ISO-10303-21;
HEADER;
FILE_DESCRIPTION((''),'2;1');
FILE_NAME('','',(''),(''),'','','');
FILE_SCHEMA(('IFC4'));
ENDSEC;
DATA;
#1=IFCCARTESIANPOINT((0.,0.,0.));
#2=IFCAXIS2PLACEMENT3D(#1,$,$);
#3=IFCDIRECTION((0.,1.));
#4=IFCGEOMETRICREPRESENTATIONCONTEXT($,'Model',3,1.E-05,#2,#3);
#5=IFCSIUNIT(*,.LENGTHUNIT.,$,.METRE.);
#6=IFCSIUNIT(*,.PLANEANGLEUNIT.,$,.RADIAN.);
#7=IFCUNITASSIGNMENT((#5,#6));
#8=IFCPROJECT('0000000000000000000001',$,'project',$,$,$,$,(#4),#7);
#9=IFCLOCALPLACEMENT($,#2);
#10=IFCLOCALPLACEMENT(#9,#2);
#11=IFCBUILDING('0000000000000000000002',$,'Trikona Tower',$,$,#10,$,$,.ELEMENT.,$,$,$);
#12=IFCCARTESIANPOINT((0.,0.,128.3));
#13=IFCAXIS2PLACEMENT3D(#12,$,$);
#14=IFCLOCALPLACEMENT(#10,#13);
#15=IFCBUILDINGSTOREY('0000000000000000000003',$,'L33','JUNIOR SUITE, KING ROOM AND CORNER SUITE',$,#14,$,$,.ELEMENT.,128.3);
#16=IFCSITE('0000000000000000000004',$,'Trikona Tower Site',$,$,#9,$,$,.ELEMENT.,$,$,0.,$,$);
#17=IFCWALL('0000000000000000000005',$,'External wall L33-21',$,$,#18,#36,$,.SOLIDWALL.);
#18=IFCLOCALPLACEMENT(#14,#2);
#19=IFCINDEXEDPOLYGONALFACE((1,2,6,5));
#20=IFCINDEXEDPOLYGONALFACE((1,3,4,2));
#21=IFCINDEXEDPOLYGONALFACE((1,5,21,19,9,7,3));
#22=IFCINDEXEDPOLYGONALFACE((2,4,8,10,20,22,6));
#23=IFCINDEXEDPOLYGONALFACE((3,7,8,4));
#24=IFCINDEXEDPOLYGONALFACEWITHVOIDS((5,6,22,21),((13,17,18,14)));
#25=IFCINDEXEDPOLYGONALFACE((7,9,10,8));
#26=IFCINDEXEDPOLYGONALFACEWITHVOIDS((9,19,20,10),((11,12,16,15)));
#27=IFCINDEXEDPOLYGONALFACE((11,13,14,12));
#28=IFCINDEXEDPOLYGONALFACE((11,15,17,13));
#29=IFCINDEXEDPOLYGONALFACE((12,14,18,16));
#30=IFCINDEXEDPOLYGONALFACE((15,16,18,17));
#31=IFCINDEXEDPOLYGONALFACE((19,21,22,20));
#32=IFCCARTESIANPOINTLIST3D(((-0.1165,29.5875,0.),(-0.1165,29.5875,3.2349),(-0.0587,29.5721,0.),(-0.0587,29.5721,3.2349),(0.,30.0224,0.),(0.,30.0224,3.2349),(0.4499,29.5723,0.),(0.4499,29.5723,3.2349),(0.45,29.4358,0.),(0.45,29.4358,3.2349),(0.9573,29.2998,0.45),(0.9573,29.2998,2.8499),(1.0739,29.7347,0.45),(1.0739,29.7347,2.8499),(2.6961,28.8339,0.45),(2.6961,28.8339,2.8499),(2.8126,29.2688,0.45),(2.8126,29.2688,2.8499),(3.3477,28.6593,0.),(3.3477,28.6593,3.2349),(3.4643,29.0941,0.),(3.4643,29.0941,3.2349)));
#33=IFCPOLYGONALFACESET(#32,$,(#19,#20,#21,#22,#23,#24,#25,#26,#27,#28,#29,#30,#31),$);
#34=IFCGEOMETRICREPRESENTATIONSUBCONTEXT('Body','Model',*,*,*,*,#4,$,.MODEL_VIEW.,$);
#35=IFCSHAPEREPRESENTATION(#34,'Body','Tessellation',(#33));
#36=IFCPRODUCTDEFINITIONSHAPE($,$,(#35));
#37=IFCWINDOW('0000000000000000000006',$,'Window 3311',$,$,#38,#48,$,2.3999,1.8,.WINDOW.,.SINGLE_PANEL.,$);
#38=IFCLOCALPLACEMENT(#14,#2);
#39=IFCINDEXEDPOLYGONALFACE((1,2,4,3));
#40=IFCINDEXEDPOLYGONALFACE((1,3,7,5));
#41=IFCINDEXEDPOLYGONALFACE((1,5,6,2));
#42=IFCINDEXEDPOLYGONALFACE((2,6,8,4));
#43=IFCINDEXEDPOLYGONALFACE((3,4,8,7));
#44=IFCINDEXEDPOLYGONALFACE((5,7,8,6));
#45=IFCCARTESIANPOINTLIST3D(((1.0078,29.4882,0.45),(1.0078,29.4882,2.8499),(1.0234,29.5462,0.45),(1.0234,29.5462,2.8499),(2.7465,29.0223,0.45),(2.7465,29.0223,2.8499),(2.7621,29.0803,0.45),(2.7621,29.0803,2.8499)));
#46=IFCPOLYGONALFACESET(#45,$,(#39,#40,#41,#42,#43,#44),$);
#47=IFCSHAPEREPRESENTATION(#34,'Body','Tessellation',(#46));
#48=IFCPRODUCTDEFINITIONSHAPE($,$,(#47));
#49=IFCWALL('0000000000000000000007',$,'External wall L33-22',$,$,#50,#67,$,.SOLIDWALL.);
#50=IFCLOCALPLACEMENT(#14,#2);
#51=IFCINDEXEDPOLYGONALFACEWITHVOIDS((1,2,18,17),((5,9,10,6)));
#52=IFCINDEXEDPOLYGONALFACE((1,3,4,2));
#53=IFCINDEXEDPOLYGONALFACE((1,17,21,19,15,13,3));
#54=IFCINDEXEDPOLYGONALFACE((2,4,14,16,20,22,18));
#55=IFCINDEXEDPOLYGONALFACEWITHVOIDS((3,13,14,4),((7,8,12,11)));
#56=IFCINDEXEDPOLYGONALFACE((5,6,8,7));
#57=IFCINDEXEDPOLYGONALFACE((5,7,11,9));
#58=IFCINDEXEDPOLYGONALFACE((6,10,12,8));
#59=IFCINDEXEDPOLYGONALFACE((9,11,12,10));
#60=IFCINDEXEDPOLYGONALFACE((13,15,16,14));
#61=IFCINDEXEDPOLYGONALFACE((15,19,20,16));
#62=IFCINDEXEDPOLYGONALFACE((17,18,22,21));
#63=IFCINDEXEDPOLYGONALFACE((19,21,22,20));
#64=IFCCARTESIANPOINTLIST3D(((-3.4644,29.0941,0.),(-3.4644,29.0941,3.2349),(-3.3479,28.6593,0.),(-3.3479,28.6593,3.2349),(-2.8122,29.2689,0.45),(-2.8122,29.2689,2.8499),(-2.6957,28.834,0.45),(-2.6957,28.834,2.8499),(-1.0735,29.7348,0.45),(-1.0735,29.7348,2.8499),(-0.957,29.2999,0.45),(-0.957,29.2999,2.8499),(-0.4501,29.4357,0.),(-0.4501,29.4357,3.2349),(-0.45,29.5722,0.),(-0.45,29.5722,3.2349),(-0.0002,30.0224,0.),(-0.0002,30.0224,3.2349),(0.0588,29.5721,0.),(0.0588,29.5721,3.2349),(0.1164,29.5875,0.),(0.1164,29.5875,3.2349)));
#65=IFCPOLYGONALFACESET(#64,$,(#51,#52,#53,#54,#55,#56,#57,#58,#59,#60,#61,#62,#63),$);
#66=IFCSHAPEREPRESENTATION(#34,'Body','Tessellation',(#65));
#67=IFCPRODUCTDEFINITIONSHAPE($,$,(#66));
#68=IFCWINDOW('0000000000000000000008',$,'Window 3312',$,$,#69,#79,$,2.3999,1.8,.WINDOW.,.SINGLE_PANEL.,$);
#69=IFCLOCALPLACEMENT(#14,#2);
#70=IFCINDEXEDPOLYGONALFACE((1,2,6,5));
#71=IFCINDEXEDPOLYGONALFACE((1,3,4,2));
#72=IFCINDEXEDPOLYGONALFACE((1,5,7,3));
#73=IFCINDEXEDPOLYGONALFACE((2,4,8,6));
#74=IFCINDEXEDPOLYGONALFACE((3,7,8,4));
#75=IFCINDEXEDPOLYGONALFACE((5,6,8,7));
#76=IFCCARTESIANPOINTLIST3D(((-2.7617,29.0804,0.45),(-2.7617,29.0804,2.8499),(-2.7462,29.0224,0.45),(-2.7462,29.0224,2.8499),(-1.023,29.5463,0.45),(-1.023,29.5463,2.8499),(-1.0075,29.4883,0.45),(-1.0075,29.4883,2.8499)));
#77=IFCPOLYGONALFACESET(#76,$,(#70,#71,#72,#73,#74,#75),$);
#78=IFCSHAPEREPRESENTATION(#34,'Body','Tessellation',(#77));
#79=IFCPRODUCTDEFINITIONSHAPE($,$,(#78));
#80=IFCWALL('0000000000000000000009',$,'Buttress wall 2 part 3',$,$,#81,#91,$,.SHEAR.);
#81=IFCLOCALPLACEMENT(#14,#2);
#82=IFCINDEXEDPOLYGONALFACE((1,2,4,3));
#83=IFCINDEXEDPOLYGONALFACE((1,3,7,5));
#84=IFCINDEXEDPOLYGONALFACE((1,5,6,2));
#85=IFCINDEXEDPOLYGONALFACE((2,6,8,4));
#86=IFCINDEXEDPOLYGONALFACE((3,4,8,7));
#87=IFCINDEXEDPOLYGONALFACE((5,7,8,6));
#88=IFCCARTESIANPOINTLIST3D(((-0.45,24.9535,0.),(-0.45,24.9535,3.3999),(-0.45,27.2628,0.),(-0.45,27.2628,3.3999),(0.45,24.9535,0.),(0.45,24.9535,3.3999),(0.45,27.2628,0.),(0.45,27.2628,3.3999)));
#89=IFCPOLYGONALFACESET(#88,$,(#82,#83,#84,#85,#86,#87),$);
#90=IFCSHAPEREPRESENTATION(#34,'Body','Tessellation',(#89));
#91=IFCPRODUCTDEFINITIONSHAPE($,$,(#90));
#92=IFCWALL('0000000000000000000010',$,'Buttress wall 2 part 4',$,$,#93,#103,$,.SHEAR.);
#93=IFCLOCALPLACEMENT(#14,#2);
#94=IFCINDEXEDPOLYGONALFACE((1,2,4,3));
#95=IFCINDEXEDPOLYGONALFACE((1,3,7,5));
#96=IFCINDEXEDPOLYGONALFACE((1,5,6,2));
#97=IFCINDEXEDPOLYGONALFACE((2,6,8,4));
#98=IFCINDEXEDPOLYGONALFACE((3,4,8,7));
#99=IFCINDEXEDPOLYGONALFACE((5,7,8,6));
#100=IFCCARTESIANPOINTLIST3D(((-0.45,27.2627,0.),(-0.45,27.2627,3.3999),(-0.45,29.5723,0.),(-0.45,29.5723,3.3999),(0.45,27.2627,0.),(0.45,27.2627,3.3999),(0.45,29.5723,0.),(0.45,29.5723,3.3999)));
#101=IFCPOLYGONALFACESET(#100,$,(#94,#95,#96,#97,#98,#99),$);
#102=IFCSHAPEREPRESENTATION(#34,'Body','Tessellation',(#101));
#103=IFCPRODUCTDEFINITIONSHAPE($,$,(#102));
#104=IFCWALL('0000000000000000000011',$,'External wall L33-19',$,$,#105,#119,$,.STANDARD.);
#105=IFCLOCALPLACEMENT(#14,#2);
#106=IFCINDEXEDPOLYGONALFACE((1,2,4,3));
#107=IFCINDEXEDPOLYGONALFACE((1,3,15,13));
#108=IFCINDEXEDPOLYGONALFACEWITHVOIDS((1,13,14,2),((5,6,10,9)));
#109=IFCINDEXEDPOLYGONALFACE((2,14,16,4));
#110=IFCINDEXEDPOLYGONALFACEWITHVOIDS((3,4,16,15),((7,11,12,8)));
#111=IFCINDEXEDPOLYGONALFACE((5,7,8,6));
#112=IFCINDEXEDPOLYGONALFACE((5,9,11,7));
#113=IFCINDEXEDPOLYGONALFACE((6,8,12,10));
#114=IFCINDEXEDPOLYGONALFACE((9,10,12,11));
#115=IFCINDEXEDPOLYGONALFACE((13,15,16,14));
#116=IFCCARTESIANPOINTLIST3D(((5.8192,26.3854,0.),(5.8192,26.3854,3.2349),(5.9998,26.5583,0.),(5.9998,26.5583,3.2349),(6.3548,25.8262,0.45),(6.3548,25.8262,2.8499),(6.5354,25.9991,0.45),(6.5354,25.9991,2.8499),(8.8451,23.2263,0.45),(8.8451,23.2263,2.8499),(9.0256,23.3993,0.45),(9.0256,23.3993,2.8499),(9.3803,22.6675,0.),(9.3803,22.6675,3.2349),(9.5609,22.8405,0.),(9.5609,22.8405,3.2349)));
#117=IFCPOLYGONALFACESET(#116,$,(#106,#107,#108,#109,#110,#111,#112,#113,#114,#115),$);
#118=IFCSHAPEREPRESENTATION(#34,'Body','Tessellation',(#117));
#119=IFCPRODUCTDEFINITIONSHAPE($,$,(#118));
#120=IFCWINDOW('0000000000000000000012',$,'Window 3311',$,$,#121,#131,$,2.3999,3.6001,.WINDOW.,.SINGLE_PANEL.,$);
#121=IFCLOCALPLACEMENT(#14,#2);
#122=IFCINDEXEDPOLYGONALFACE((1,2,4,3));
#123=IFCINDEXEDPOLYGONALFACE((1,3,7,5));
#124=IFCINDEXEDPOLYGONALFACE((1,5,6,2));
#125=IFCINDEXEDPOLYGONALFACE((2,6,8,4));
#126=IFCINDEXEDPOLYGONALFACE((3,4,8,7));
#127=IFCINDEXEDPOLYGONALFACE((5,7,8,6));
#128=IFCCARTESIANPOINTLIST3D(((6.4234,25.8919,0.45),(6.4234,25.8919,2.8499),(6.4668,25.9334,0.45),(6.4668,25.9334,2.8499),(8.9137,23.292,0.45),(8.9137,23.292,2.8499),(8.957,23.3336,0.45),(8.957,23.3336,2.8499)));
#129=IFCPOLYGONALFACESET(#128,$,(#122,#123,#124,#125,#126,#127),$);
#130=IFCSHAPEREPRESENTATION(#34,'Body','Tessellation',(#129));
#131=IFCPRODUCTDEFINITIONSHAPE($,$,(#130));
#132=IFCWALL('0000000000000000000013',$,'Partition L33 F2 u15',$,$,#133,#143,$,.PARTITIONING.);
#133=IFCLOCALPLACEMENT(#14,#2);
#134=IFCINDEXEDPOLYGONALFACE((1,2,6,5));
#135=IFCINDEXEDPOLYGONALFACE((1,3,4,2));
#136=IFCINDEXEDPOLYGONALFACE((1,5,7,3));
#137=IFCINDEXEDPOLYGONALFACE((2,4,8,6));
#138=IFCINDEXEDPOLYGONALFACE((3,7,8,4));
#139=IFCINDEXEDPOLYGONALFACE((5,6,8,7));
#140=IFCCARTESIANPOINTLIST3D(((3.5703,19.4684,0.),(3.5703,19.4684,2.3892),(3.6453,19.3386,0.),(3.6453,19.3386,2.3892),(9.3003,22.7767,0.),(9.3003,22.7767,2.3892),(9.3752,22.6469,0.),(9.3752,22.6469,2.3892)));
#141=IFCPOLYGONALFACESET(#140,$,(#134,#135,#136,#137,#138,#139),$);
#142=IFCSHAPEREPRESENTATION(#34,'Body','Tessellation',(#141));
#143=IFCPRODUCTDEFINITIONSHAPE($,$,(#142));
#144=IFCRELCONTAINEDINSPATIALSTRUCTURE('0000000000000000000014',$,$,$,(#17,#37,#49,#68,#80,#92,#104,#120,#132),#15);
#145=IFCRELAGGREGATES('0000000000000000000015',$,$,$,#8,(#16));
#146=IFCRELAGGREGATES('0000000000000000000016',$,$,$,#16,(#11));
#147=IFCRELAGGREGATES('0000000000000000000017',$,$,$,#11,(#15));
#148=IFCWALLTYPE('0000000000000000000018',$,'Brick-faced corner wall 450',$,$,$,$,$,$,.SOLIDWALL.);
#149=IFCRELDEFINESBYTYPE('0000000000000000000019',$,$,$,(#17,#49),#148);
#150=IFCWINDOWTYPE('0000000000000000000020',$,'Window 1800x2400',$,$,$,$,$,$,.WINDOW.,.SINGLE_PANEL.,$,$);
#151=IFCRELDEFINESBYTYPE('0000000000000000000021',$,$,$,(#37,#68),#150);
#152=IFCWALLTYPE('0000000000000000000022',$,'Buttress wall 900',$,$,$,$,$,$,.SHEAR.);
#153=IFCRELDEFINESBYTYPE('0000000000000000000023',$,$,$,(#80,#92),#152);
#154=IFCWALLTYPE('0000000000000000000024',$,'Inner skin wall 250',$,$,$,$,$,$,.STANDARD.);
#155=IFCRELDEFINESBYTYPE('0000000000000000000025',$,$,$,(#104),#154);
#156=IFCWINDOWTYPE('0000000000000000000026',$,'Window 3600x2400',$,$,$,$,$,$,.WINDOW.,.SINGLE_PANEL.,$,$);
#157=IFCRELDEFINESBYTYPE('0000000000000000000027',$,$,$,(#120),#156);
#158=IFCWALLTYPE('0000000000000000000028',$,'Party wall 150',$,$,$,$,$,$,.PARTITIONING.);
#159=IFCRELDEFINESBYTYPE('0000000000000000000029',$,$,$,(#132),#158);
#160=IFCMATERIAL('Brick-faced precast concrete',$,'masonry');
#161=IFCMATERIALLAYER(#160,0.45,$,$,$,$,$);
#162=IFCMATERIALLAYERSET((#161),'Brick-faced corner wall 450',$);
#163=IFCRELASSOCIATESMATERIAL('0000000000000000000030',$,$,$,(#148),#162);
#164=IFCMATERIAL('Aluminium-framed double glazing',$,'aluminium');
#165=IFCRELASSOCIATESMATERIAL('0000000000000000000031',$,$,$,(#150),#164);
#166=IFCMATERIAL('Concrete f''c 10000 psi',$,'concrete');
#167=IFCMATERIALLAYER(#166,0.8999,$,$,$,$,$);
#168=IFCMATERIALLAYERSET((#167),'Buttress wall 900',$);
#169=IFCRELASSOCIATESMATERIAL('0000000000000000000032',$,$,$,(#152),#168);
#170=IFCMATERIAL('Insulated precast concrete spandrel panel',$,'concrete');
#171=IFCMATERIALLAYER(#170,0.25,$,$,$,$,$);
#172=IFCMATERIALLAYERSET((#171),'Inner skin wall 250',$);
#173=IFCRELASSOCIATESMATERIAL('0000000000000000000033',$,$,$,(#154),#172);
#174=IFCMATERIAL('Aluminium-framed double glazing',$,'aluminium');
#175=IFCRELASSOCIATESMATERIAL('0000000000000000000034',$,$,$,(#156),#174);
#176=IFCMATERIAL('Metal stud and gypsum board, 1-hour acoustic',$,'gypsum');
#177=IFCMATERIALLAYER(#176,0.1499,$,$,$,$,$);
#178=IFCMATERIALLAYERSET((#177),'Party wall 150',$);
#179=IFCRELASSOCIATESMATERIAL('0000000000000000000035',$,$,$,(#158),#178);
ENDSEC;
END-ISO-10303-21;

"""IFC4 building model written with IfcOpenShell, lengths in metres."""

from ifc_helpers import new_model, si_unit, direction, frame, frame_2d, origin, place, context, subcontext, project, spatial, polyline, rectangle, outline, extrude, material, layer, layer_set, type_object, element, fill, save


model = new_model("IFC4")

# Units and contexts
model_context = context("Model", 3, precision=1e-05, world=origin(), true_north=direction((0.0, 1.0)))
body_context = subcontext(model_context, "Body", "Model", "MODEL_VIEW")
ifc_project = project(units=[si_unit("LENGTHUNIT", "METRE"), si_unit("PLANEANGLEUNIT", "RADIAN")], contexts=[model_context])

# Site, building, storey
site_placement = place(None, origin())
site = spatial("IfcSite", under=ifc_project, at=site_placement, Name="Trikona Tower Site", CompositionType="ELEMENT", RefElevation=0.0)
building_placement = place(site_placement, origin())
building = spatial("IfcBuilding", under=site, at=building_placement, Name="Trikona Tower", CompositionType="ELEMENT")
storey_placement = place(building_placement, frame((0.0, 0.0, 128.3)))
storey = spatial("IfcBuildingStorey", under=building, at=storey_placement, Name="L33", Description="JUNIOR SUITE, KING ROOM AND CORNER SUITE", CompositionType="ELEMENT", Elevation=128.3)

# Walls, openings, windows
ifc_material_1 = material(Name="Brick-faced precast concrete", Category="masonry")
ifc_layer_1 = layer(ifc_material_1, 0.45)
ifc_layer_set_1 = layer_set([ifc_layer_1], Name="Brick-faced corner wall 450")
wall_type_1 = type_object("IfcWallType", Name="Brick-faced corner wall 450", PredefinedType="SOLIDWALL", material=ifc_layer_set_1)
wall_1_placement = place(storey_placement, frame((3.406, 28.8767, 0.0), z_axis=(0.0, 0.0, 1.0), x_axis=(-0.965925, 0.258823, 0.0)))
wall_1 = element("IfcWall", 1, at=wall_1_placement, inside=storey, type_object=wall_type_1, Name="External wall L33-21", PredefinedType="SOLIDWALL", context=body_context, shape_type="SweptSolid", body=[
    extrude(outline(polyline([(3.5864, 0.2251), (3.5266, 0.2251), (3.0354, 0.0933), (3.0, 0.2251), (0.0, 0.2251), (0.0, -0.2251), (3.5864, -0.2251), (3.5864, 0.2251)])), origin(), (0.0, 0.0, 1.0), 3.2349),
])
opening_1_placement = place(wall_1_placement, frame((0.6748, 0.0, 0.45)))
opening_1 = element("IfcOpeningElement", 2, at=opening_1_placement, cuts=wall_1, PredefinedType="OPENING", context=body_context, shape_type="SweptSolid", body=[
    extrude(rectangle(XDim=1.8, YDim=2.3999, at=frame_2d((0.8999, 1.2))), frame((0.0, 0.2349, 0.0), z_axis=(0.0, -1.0, 0.0), x_axis=(1.0, 0.0, 0.0)), (0.0, 0.0, 1.0), 0.47),
])
ifc_material_2 = material(Name="Aluminium-framed double glazing", Category="aluminium")
window_type_1 = type_object("IfcWindowType", Name="Window 1800x2400", PartitioningType="SINGLE_PANEL", PredefinedType="WINDOW", material=ifc_material_2)
window_1_placement = place(opening_1_placement, origin())
window_1 = element("IfcWindow", 3, at=window_1_placement, inside=storey, type_object=window_type_1, Name="Window 3311", OverallHeight=2.3999, OverallWidth=1.8, PartitioningType="SINGLE_PANEL", PredefinedType="WINDOW", context=body_context, shape_type="SweptSolid", body=[
    extrude(rectangle(XDim=1.8, YDim=2.3999, at=frame_2d((0.8999, 1.2))), frame((0.0, 0.03, 0.0), z_axis=(0.0, -1.0, 0.0), x_axis=(1.0, 0.0, 0.0)), (0.0, 0.0, 1.0), 0.0601),
])
fill(opening_1, window_1)
wall_2_placement = place(storey_placement, frame((0.0581, 29.8049, 0.0), z_axis=(0.0, 0.0, 1.0), x_axis=(-0.965925, -0.258823, 0.0)))
wall_2 = element("IfcWall", 4, at=wall_2_placement, inside=storey, type_object=wall_type_1, Name="External wall L33-22", PredefinedType="SOLIDWALL", context=body_context, shape_type="SweptSolid", body=[
    extrude(outline(polyline([(3.5864, 0.2251), (0.5864, 0.2251), (0.551, 0.0933), (0.0596, 0.2251), (0.0, 0.2251), (0.0, -0.2251), (3.5864, -0.2251), (3.5864, 0.2251)])), origin(), (0.0, 0.0, 1.0), 3.2349),
])
opening_2_placement = place(wall_2_placement, frame((1.1113, 0.0, 0.45)))
opening_2 = element("IfcOpeningElement", 5, at=opening_2_placement, cuts=wall_2, PredefinedType="OPENING", context=body_context, shape_type="SweptSolid", body=[
    extrude(rectangle(XDim=1.8, YDim=2.3999, at=frame_2d((0.8999, 1.2))), frame((0.0, 0.2349, 0.0), z_axis=(0.0, -1.0, 0.0), x_axis=(1.0, 0.0, 0.0)), (0.0, 0.0, 1.0), 0.47),
])
window_2_placement = place(opening_2_placement, origin())
window_2 = element("IfcWindow", 6, at=window_2_placement, inside=storey, type_object=window_type_1, Name="Window 3312", OverallHeight=2.3999, OverallWidth=1.8, PartitioningType="SINGLE_PANEL", PredefinedType="WINDOW", context=body_context, shape_type="SweptSolid", body=[
    extrude(rectangle(XDim=1.8, YDim=2.3999, at=frame_2d((0.8999, 1.2))), frame((0.0, 0.03, 0.0), z_axis=(0.0, -1.0, 0.0), x_axis=(1.0, 0.0, 0.0)), (0.0, 0.0, 1.0), 0.0601),
])
fill(opening_2, window_2)

# Walls
ifc_material_3 = material(Name="Concrete f'c 10000 psi", Category="concrete")
ifc_layer_2 = layer(ifc_material_3, 0.8999)
ifc_layer_set_2 = layer_set([ifc_layer_2], Name="Buttress wall 900")
wall_type_2 = type_object("IfcWallType", Name="Buttress wall 900", PredefinedType="SHEAR", material=ifc_layer_set_2)
wall_3_placement = place(storey_placement, frame((0.0, 24.9534, 0.0), z_axis=(0.0, 0.0, 1.0), x_axis=(0.0, 1.0, 0.0)))
element("IfcWall", 7, at=wall_3_placement, inside=storey, type_object=wall_type_2, Name="Buttress wall 2 part 3", PredefinedType="SHEAR", context=body_context, shape_type="SweptSolid", body=[
    extrude(rectangle(XDim=2.3093, YDim=0.8999, at=frame_2d((1.1548, 0.0))), origin(), (0.0, 0.0, 1.0), 3.3999),
])
wall_4_placement = place(storey_placement, frame((0.0, 27.2627, 0.0), z_axis=(0.0, 0.0, 1.0), x_axis=(0.0, 1.0, 0.0)))
element("IfcWall", 8, at=wall_4_placement, inside=storey, type_object=wall_type_2, Name="Buttress wall 2 part 4", PredefinedType="SHEAR", context=body_context, shape_type="SweptSolid", body=[
    extrude(rectangle(XDim=2.3096, YDim=0.8999, at=frame_2d((1.1548, 0.0))), origin(), (0.0, 0.0, 1.0), 3.3999),
])

# Wall, opening, window
ifc_material_4 = material(Name="Insulated precast concrete spandrel panel", Category="concrete")
ifc_layer_3 = layer(ifc_material_4, 0.25)
ifc_layer_set_3 = layer_set([ifc_layer_3], Name="Inner skin wall 250")
wall_type_3 = type_object("IfcWallType", Name="Inner skin wall 250", PredefinedType="STANDARD", material=ifc_layer_set_3)
wall_5_placement = place(storey_placement, frame((9.4707, 22.7539, 0.0), z_axis=(0.0, 0.0, 1.0), x_axis=(-0.69172, 0.722166, 0.0)))
wall_5 = element("IfcWall", 9, at=wall_5_placement, inside=storey, type_object=wall_type_3, Name="External wall L33-19", PredefinedType="STANDARD", context=body_context, shape_type="SweptSolid", body=[
    extrude(rectangle(XDim=5.1482, YDim=0.25, at=frame_2d((2.5742, 0.0))), origin(), (0.0, 0.0, 1.0), 3.2349),
])
opening_3_placement = place(wall_5_placement, frame((0.7739, 0.0, 0.45)))
opening_3 = element("IfcOpeningElement", 10, at=opening_3_placement, cuts=wall_5, PredefinedType="OPENING", context=body_context, shape_type="SweptSolid", body=[
    extrude(rectangle(XDim=3.6001, YDim=2.3999, at=frame_2d((1.8, 1.2))), frame((0.0, 0.135, 0.0), z_axis=(0.0, -1.0, 0.0), x_axis=(1.0, 0.0, 0.0)), (0.0, 0.0, 1.0), 0.27),
])
ifc_material_5 = material(Name="Aluminium-framed double glazing", Category="aluminium")
window_type_2 = type_object("IfcWindowType", Name="Window 3600x2400", PartitioningType="SINGLE_PANEL", PredefinedType="WINDOW", material=ifc_material_5)
window_3_placement = place(opening_3_placement, origin())
window_3 = element("IfcWindow", 11, at=window_3_placement, inside=storey, type_object=window_type_2, Name="Window 3311", OverallHeight=2.3999, OverallWidth=3.6001, PartitioningType="SINGLE_PANEL", PredefinedType="WINDOW", context=body_context, shape_type="SweptSolid", body=[
    extrude(rectangle(XDim=3.6001, YDim=2.3999, at=frame_2d((1.8, 1.2))), frame((0.0, 0.03, 0.0), z_axis=(0.0, -1.0, 0.0), x_axis=(1.0, 0.0, 0.0)), (0.0, 0.0, 1.0), 0.0601),
])
fill(opening_3, window_3)

# Wall
ifc_material_6 = material(Name="Metal stud and gypsum board, 1-hour acoustic", Category="gypsum")
ifc_layer_4 = layer(ifc_material_6, 0.1499)
ifc_layer_set_4 = layer_set([ifc_layer_4], Name="Party wall 150")
wall_type_4 = type_object("IfcWallType", Name="Party wall 150", PredefinedType="PARTITIONING", material=ifc_layer_set_4)
wall_6_placement = place(storey_placement, frame((3.6079, 19.4036, 0.0), z_axis=(0.0, 0.0, 1.0), x_axis=(0.866016, 0.500016, 0.0)))
element("IfcWall", 12, at=wall_6_placement, inside=storey, type_object=wall_type_4, Name="Partition L33 F2 u15", PredefinedType="PARTITIONING", context=body_context, shape_type="SweptSolid", body=[
    extrude(rectangle(XDim=6.6165, YDim=0.1499, at=frame_2d((3.3081, 0.0))), origin(), (0.0, 0.0, 1.0), 2.3892),
])

save(model, "model.ifc")
